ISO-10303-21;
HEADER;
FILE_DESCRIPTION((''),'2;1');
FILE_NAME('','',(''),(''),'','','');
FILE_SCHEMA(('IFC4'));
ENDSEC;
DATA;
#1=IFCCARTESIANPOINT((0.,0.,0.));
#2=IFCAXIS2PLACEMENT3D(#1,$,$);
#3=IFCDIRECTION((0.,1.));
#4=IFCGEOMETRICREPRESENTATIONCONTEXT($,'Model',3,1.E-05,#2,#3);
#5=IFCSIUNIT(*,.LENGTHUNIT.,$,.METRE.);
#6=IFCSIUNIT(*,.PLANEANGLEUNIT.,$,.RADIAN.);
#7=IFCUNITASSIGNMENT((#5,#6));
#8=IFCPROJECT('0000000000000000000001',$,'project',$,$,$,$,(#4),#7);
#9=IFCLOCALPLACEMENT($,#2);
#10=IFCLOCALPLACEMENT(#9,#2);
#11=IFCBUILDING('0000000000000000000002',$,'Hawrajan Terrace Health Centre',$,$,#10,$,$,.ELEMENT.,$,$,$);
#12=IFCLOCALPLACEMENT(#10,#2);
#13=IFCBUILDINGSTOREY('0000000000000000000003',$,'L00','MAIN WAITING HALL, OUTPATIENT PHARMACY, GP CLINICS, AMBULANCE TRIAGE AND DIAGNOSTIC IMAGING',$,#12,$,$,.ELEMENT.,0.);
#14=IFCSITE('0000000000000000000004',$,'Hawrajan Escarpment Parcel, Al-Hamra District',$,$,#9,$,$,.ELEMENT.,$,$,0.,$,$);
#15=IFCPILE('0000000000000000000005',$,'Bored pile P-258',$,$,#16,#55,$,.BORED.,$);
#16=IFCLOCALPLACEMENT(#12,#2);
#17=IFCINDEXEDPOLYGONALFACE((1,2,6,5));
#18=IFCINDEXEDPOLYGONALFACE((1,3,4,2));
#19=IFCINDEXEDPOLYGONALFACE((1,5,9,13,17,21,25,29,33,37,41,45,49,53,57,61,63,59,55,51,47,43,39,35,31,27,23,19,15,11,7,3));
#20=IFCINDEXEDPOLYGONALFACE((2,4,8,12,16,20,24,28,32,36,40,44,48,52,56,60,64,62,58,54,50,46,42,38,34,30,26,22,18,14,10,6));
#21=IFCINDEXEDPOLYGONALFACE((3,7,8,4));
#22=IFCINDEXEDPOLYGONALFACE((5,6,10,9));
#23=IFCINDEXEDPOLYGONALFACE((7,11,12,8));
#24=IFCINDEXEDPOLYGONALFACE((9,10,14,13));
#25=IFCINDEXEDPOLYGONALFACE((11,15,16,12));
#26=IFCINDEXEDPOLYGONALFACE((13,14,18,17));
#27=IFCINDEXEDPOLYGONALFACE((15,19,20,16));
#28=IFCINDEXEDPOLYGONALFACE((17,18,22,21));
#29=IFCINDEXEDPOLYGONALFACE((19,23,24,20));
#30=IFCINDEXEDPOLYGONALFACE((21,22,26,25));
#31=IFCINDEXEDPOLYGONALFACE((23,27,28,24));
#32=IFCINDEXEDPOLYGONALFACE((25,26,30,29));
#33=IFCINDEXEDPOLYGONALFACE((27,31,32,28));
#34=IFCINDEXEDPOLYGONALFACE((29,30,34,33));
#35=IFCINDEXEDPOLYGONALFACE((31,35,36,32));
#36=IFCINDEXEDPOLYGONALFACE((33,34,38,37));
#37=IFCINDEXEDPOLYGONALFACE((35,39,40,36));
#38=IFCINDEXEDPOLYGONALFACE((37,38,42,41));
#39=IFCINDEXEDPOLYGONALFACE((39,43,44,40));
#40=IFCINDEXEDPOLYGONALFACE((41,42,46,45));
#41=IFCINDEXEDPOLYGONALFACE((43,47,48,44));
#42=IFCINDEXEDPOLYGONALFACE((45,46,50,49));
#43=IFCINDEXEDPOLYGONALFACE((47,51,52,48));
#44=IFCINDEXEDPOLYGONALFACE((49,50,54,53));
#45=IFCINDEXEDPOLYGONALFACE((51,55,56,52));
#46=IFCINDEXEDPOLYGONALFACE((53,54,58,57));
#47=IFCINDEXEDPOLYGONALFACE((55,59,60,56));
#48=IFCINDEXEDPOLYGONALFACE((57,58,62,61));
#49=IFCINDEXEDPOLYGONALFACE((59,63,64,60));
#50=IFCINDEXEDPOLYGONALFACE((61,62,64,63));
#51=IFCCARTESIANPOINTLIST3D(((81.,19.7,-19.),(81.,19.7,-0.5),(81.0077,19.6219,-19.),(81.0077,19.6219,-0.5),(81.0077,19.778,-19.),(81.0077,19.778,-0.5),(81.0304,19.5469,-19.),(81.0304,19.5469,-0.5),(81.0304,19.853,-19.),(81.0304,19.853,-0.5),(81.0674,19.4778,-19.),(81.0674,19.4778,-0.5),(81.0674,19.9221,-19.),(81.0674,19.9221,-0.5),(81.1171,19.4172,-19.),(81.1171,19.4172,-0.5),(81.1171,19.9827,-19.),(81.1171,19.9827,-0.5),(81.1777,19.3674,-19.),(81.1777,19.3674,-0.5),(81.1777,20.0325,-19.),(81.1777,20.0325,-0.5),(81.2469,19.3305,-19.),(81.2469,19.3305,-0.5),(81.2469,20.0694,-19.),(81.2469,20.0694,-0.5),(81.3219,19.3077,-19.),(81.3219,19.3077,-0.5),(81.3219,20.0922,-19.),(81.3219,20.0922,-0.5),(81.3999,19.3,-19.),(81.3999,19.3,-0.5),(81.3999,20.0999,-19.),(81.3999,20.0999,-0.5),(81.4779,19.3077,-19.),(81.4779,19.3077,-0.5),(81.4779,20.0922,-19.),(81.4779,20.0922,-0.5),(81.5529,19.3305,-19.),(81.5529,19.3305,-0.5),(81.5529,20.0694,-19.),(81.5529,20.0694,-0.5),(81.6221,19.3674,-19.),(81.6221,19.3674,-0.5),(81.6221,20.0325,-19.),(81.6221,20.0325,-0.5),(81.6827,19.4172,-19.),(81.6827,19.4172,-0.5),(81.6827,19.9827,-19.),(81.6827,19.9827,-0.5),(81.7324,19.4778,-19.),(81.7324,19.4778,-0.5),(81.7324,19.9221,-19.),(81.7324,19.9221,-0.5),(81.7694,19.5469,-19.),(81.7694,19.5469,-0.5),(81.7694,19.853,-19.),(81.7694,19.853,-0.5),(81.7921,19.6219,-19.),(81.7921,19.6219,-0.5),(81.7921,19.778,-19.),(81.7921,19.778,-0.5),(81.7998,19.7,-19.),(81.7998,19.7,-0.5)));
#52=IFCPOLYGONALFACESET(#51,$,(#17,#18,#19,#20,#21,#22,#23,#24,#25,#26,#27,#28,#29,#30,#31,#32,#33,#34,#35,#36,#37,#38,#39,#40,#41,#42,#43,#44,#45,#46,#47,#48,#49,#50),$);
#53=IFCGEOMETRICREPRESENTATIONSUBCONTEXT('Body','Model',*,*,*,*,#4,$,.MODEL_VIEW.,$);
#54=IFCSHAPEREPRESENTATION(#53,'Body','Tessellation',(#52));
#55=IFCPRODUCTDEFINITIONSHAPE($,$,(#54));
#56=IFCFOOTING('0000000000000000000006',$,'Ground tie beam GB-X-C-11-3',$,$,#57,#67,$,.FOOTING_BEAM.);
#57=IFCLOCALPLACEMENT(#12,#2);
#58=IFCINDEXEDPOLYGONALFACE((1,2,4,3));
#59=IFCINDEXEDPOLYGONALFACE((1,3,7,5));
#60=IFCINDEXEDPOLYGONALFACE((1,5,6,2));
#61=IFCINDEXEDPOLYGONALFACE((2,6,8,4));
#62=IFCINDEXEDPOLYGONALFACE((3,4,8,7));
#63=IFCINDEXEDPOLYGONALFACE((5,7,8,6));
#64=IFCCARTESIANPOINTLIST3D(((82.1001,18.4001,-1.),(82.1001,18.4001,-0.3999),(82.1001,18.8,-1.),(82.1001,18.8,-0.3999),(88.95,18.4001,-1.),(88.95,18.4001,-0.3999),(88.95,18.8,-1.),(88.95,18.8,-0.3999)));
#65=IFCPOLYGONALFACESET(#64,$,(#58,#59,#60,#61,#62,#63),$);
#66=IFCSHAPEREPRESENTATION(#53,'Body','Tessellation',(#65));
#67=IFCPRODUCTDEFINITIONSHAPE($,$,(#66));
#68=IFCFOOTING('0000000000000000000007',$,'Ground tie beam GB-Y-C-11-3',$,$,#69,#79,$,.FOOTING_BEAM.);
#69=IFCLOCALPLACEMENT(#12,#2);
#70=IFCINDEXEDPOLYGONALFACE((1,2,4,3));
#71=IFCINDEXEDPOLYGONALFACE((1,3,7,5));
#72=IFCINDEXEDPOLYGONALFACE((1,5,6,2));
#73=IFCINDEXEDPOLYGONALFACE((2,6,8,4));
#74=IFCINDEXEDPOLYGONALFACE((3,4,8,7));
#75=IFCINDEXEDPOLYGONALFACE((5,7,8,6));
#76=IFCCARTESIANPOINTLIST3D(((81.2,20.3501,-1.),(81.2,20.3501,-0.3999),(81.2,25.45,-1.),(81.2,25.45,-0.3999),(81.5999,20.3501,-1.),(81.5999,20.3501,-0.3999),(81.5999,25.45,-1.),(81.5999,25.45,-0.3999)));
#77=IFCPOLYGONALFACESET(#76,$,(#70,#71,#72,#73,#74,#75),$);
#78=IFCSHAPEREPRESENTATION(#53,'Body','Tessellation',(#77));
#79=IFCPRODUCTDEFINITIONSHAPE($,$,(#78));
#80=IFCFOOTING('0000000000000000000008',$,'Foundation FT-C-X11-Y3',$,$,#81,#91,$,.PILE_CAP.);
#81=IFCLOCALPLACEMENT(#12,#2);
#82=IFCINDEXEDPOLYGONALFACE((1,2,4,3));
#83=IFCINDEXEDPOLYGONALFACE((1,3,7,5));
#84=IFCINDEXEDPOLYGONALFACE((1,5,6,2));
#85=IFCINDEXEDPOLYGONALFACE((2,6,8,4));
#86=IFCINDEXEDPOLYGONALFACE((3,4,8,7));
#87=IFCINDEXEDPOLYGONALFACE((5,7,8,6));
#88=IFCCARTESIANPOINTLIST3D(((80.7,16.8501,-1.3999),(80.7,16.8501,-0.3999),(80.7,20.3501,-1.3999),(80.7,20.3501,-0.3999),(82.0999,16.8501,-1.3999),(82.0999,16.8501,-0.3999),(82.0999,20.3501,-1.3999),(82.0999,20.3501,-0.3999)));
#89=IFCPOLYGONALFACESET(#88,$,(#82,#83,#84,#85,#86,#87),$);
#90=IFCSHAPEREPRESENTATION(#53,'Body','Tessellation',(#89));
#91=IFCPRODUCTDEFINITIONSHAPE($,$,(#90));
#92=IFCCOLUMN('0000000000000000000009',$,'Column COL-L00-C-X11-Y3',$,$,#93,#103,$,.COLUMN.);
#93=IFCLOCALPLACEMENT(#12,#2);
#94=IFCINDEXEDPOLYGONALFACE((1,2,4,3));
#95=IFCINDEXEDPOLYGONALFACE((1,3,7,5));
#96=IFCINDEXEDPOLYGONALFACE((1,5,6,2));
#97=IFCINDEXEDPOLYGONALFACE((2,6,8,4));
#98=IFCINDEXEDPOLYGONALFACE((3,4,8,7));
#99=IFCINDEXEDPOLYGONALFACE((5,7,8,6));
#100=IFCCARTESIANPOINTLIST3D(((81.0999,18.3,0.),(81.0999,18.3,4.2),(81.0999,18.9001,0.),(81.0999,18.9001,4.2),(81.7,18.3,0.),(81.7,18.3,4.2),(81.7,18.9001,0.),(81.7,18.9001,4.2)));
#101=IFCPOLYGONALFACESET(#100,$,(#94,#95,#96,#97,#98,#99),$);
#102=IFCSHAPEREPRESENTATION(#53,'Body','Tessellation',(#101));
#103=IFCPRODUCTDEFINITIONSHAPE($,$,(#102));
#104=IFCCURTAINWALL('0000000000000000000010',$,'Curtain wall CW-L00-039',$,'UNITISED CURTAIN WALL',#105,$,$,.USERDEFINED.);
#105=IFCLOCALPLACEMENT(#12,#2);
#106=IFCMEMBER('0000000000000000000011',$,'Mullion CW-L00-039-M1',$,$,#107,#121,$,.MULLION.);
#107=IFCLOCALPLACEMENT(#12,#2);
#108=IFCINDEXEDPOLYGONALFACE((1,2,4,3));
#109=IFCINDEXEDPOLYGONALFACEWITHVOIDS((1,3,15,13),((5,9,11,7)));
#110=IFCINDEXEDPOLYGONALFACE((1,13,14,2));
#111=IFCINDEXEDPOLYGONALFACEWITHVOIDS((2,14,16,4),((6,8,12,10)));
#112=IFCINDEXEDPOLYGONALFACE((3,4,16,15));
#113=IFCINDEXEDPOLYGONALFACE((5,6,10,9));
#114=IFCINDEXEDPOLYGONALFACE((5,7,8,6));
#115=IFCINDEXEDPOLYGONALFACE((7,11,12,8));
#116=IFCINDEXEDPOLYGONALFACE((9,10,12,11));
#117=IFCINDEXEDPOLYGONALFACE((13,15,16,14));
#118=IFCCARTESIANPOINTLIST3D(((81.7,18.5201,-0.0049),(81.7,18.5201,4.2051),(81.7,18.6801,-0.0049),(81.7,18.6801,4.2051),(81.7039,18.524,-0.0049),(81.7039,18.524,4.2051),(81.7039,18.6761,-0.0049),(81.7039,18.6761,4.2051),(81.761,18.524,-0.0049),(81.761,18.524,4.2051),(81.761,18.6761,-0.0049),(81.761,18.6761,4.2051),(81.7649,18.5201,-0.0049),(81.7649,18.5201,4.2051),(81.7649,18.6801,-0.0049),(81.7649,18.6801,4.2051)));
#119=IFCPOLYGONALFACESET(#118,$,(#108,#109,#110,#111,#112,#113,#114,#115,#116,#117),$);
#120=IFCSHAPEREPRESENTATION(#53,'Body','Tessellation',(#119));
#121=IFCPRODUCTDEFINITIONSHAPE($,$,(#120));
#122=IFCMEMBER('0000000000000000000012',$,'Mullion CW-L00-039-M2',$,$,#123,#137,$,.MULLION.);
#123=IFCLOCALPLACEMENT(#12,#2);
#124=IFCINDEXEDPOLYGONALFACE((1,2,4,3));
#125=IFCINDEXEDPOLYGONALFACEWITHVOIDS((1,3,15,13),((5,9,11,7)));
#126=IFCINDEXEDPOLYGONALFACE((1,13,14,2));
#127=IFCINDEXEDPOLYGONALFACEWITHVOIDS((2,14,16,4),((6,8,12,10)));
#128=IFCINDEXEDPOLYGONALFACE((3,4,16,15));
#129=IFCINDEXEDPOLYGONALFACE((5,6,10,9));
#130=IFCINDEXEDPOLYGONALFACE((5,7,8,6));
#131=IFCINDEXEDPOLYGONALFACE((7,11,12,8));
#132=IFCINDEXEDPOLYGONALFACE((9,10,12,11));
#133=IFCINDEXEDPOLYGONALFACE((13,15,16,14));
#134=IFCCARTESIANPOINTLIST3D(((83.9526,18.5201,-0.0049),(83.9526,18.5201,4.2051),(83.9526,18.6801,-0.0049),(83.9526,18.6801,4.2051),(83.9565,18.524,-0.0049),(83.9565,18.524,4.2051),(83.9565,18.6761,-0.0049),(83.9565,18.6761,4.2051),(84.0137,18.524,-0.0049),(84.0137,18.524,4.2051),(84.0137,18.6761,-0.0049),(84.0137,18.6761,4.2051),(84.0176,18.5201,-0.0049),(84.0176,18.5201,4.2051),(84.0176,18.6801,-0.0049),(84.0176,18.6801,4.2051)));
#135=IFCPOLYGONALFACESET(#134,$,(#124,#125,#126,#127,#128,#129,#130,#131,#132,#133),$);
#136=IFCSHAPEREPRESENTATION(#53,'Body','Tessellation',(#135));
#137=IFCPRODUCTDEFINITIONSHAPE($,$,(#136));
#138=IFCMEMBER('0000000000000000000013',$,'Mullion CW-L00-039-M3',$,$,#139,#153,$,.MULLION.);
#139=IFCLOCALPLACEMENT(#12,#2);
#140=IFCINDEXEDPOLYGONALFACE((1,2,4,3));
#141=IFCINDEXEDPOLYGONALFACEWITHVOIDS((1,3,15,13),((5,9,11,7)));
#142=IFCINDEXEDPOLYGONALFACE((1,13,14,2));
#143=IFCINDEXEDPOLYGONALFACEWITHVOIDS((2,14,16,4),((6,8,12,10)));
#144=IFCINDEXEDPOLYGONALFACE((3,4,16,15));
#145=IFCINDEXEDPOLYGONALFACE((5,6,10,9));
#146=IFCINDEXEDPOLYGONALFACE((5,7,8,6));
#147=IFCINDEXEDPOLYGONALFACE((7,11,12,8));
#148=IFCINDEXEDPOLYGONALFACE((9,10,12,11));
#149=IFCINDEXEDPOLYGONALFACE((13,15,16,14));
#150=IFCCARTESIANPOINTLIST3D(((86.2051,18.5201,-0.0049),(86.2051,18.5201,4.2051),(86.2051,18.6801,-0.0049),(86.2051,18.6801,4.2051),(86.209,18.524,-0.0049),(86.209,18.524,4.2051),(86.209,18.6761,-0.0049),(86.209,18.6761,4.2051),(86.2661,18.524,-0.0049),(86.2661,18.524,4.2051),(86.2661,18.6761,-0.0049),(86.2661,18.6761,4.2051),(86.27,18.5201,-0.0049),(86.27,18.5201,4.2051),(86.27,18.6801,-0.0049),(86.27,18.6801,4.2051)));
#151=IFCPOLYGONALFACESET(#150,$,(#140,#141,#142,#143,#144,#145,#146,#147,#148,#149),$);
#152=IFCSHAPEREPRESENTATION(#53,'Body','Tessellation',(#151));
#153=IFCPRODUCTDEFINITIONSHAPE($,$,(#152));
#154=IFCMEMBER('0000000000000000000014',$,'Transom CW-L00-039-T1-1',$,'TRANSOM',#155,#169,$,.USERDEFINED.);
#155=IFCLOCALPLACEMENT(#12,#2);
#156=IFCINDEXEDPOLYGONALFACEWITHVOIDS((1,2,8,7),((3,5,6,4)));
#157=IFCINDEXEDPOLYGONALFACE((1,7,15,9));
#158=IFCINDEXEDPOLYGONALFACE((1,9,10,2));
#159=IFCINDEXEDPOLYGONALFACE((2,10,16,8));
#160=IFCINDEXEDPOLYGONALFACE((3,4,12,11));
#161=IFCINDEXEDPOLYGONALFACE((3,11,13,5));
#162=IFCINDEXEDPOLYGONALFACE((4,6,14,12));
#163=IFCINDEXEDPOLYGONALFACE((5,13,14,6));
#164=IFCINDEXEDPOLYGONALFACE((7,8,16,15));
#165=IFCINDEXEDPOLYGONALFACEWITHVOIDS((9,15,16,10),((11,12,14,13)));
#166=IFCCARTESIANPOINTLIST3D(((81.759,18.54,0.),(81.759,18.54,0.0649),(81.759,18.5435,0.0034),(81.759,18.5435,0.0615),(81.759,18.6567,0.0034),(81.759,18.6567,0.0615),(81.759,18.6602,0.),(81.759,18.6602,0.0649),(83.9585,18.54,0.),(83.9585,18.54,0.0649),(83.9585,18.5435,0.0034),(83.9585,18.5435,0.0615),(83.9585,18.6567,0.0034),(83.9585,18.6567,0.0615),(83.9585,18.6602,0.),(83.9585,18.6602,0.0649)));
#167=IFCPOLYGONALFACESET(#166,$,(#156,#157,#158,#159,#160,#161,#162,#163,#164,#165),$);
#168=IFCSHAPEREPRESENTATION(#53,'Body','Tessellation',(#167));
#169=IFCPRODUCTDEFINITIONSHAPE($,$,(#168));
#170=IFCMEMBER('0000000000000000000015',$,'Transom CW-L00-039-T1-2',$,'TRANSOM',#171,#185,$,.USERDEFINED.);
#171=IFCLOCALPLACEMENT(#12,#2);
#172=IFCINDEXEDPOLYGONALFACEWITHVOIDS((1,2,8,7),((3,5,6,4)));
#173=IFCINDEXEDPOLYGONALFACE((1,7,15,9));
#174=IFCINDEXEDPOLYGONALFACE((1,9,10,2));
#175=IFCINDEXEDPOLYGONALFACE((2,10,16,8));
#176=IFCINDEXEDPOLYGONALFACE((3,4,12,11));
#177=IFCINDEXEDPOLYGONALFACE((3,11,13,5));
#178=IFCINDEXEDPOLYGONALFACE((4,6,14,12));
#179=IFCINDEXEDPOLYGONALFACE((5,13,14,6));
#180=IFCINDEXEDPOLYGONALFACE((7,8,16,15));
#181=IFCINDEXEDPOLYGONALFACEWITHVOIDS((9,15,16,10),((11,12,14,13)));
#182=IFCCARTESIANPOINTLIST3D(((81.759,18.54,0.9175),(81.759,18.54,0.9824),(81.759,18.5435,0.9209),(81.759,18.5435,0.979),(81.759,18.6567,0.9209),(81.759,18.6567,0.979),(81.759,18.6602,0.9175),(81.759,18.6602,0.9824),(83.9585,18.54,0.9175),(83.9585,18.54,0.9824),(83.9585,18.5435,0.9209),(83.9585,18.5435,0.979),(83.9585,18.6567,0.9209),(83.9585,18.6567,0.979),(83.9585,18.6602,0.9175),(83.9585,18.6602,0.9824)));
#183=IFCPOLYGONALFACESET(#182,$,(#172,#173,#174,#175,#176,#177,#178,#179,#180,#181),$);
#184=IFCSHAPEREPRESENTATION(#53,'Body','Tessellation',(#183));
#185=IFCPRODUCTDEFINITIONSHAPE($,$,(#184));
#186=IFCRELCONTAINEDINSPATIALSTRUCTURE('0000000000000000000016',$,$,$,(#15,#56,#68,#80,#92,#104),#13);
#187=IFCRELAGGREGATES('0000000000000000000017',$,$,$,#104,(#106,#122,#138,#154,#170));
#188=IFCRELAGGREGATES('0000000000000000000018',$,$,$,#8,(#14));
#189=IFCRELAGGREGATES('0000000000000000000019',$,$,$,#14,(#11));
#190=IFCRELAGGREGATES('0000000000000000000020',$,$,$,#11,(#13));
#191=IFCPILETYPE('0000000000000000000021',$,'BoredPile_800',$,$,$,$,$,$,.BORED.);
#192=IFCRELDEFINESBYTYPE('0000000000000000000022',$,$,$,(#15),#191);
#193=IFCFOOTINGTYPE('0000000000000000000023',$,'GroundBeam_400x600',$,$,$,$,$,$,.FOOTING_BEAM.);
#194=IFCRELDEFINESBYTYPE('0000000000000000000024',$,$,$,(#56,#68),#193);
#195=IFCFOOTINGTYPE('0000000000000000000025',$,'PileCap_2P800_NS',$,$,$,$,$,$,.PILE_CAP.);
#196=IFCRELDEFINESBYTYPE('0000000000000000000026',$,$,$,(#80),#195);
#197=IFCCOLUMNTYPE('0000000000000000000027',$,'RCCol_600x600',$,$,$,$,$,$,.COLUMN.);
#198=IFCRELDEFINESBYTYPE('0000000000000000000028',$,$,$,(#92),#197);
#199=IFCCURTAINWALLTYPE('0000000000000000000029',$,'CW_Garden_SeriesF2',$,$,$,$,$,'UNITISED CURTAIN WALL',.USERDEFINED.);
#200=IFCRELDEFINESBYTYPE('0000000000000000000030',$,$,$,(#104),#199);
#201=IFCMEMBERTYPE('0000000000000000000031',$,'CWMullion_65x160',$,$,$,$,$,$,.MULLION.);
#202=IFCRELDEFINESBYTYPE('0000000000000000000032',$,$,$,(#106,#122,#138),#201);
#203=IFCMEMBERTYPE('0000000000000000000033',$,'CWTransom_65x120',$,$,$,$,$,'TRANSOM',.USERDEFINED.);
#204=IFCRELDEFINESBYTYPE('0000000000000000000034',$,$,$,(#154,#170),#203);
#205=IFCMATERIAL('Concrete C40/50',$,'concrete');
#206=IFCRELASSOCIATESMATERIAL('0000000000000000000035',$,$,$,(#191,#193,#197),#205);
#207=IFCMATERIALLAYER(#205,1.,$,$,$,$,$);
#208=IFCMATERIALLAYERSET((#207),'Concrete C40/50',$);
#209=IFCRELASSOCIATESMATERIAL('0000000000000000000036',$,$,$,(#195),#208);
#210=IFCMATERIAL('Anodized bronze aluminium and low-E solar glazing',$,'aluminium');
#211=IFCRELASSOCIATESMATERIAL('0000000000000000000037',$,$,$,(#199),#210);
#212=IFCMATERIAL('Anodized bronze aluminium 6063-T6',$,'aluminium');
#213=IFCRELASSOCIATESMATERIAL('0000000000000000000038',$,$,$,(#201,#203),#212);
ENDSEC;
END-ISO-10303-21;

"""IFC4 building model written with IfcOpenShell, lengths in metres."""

from ifc_helpers import new_model, si_unit, direction, frame, origin, origin_2d, place, context, subcontext, project, spatial, rectangle, hollow_rectangle, circle, extrude, material, layer, layer_set, material_profile, profile_set, type_object, element, aggregate, save


model = new_model("IFC4")

# Units and contexts
model_context = context("Model", 3, precision=1e-05, world=origin(), true_north=direction((0.0, 1.0)))
body_context = subcontext(model_context, "Body", "Model", "MODEL_VIEW")
ifc_project = project(units=[si_unit("LENGTHUNIT", "METRE"), si_unit("PLANEANGLEUNIT", "RADIAN")], contexts=[model_context])

# Site, building, storey
site_placement = place(None, origin())
site = spatial("IfcSite", under=ifc_project, at=site_placement, Name="Hawrajan Escarpment Parcel, Al-Hamra District", CompositionType="ELEMENT", RefElevation=0.0)
building_placement = place(site_placement, origin())
building = spatial("IfcBuilding", under=site, at=building_placement, Name="Hawrajan Terrace Health Centre", CompositionType="ELEMENT")
storey_placement = place(building_placement, origin())
storey = spatial("IfcBuildingStorey", under=building, at=storey_placement, Name="L00", Description="MAIN WAITING HALL, OUTPATIENT PHARMACY, GP CLINICS, AMBULANCE TRIAGE AND DIAGNOSTIC IMAGING", CompositionType="ELEMENT", Elevation=0.0)

# Pile
ifc_material_1 = material(Name="Concrete C40/50", Category="concrete")
ifc_material_profile_1 = material_profile(ifc_material_1, circle(Radius=0.3999, at=origin_2d()), Name="BP 800")
ifc_profile_set_1 = profile_set([ifc_material_profile_1], Name="Concrete C40/50")
pile_type = type_object("IfcPileType", Name="BoredPile_800", PredefinedType="BORED", material=ifc_profile_set_1)
pile_placement = place(storey_placement, frame((81.3999, 19.7, -0.5), z_axis=(0.0, 0.0, -1.0), x_axis=(1.0, 0.0, 0.0)))
element("IfcPile", 1, at=pile_placement, inside=storey, type_object=pile_type, Name="Bored pile P-258", PredefinedType="BORED", context=body_context, shape_type="SweptSolid", body=[
    extrude(circle(Radius=0.3999, at=origin_2d()), origin(), (0.0, 0.0, 1.0), 18.5),
])

# Footings
ifc_material_profile_2 = material_profile(ifc_material_1, rectangle(XDim=0.3999, YDim=0.6001, at=origin_2d()), Name="RC BM 400x600")
ifc_profile_set_2 = profile_set([ifc_material_profile_2], Name="Concrete C40/50")
footing_type_1 = type_object("IfcFootingType", Name="GroundBeam_400x600", PredefinedType="FOOTING_BEAM", material=ifc_profile_set_2)
footing_1_placement = place(storey_placement, frame((82.1001, 18.6001, -0.7), z_axis=(1.0, 0.0, 0.0), x_axis=(0.0, 1.0, 0.0)))
element("IfcFooting", 2, at=footing_1_placement, inside=storey, type_object=footing_type_1, Name="Ground tie beam GB-X-C-11-3", PredefinedType="FOOTING_BEAM", context=body_context, shape_type="SweptSolid", body=[
    extrude(rectangle(XDim=0.3999, YDim=0.6001, at=origin_2d()), origin(), (0.0, 0.0, 1.0), 6.8499),
])
footing_2_placement = place(storey_placement, frame((81.3999, 20.3501, -0.7), z_axis=(0.0, 1.0, 0.0), x_axis=(-1.0, 0.0, 0.0)))
element("IfcFooting", 3, at=footing_2_placement, inside=storey, type_object=footing_type_1, Name="Ground tie beam GB-Y-C-11-3", PredefinedType="FOOTING_BEAM", context=body_context, shape_type="SweptSolid", body=[
    extrude(rectangle(XDim=0.3999, YDim=0.6001, at=origin_2d()), origin(), (0.0, 0.0, 1.0), 5.0999),
])
ifc_layer_1 = layer(ifc_material_1, 1.0)
ifc_layer_set_1 = layer_set([ifc_layer_1], Name="Concrete C40/50")
footing_type_2 = type_object("IfcFootingType", Name="PileCap_2P800_NS", PredefinedType="PILE_CAP", material=ifc_layer_set_1)
footing_3_placement = place(storey_placement, frame((81.3999, 18.6001, -1.3999), z_axis=(0.0, 0.0, 1.0), x_axis=(1.0, 0.0, 0.0)))
element("IfcFooting", 4, at=footing_3_placement, inside=storey, type_object=footing_type_2, Name="Foundation FT-C-X11-Y3", PredefinedType="PILE_CAP", context=body_context, shape_type="SweptSolid", body=[
    extrude(rectangle(XDim=1.3999, YDim=3.5, at=origin_2d()), origin(), (0.0, 0.0, 1.0), 1.0),
])

# Column
ifc_material_profile_3 = material_profile(ifc_material_1, rectangle(XDim=0.6001, YDim=0.6001, at=origin_2d()), Name="RC 600x600")
ifc_profile_set_3 = profile_set([ifc_material_profile_3], Name="Concrete C40/50")
column_type = type_object("IfcColumnType", Name="RCCol_600x600", PredefinedType="COLUMN", material=ifc_profile_set_3)
column_placement = place(storey_placement, frame((81.3999, 18.6001, 0.0), z_axis=(0.0, 0.0, 1.0), x_axis=(1.0, 0.0, 0.0)))
element("IfcColumn", 5, at=column_placement, inside=storey, type_object=column_type, Name="Column COL-L00-C-X11-Y3", PredefinedType="COLUMN", context=body_context, shape_type="SweptSolid", body=[
    extrude(rectangle(XDim=0.6001, YDim=0.6001, at=origin_2d()), origin(), (0.0, 0.0, 1.0), 4.2),
])

# Curtain wall, members
ifc_material_2 = material(Name="Anodized bronze aluminium and low-E solar glazing", Category="aluminium")
curtain_wall_type = type_object("IfcCurtainWallType", Name="CW_Garden_SeriesF2", ElementType="UNITISED CURTAIN WALL", PredefinedType="USERDEFINED", material=ifc_material_2)
curtain_wall_placement = place(storey_placement, origin())
curtain_wall = element("IfcCurtainWall", 6, at=curtain_wall_placement, inside=storey, type_object=curtain_wall_type, Name="Curtain wall CW-L00-039", ObjectType="UNITISED CURTAIN WALL", PredefinedType="USERDEFINED")
ifc_material_3 = material(Name="Anodized bronze aluminium 6063-T6", Category="aluminium")
ifc_material_profile_4 = material_profile(ifc_material_3, hollow_rectangle(XDim=0.0649, YDim=0.1599, WallThickness=0.0039, at=origin_2d()), Name="CW MUL 65x160")
ifc_profile_set_4 = profile_set([ifc_material_profile_4], Name="Anodized bronze aluminium 6063-T6")
member_type_1 = type_object("IfcMemberType", Name="CWMullion_65x160", PredefinedType="MULLION", material=ifc_profile_set_4)
member_1_placement = place(storey_placement, frame((81.7324, 18.6001, -0.0049), z_axis=(0.0, 0.0, 1.0), x_axis=(1.0, 0.0, 0.0)))
member_1 = element("IfcMember", 7, at=member_1_placement, type_object=member_type_1, Name="Mullion CW-L00-039-M1", PredefinedType="MULLION", context=body_context, shape_type="SweptSolid", body=[
    extrude(hollow_rectangle(XDim=0.0649, YDim=0.1599, WallThickness=0.0039, at=origin_2d()), origin(), (0.0, 0.0, 1.0), 4.21),
])
member_2_placement = place(storey_placement, frame((83.9851, 18.6001, -0.0049), z_axis=(0.0, 0.0, 1.0), x_axis=(1.0, 0.0, 0.0)))
member_2 = element("IfcMember", 8, at=member_2_placement, type_object=member_type_1, Name="Mullion CW-L00-039-M2", PredefinedType="MULLION", context=body_context, shape_type="SweptSolid", body=[
    extrude(hollow_rectangle(XDim=0.0649, YDim=0.1599, WallThickness=0.0039, at=origin_2d()), origin(), (0.0, 0.0, 1.0), 4.21),
])
member_3_placement = place(storey_placement, frame((86.2375, 18.6001, -0.0049), z_axis=(0.0, 0.0, 1.0), x_axis=(1.0, 0.0, 0.0)))
member_3 = element("IfcMember", 9, at=member_3_placement, type_object=member_type_1, Name="Mullion CW-L00-039-M3", PredefinedType="MULLION", context=body_context, shape_type="SweptSolid", body=[
    extrude(hollow_rectangle(XDim=0.0649, YDim=0.1599, WallThickness=0.0039, at=origin_2d()), origin(), (0.0, 0.0, 1.0), 4.21),
])
ifc_material_profile_5 = material_profile(ifc_material_3, hollow_rectangle(XDim=0.0649, YDim=0.1201, WallThickness=0.0034, at=origin_2d()), Name="CW TRN 65x120")
ifc_profile_set_5 = profile_set([ifc_material_profile_5], Name="Anodized bronze aluminium 6063-T6")
member_type_2 = type_object("IfcMemberType", Name="CWTransom_65x120", ElementType="TRANSOM", PredefinedType="USERDEFINED", material=ifc_profile_set_5)
member_4_placement = place(storey_placement, frame((81.759, 18.6001, 0.0325), z_axis=(1.0, 0.0, 0.0), x_axis=(0.0, 0.0, 1.0)))
member_4 = element("IfcMember", 10, at=member_4_placement, type_object=member_type_2, Name="Transom CW-L00-039-T1-1", ObjectType="TRANSOM", PredefinedType="USERDEFINED", context=body_context, shape_type="SweptSolid", body=[
    extrude(hollow_rectangle(XDim=0.0649, YDim=0.1201, WallThickness=0.0034, at=origin_2d()), origin(), (0.0, 0.0, 1.0), 2.1995),
])
member_5_placement = place(storey_placement, frame((81.759, 18.6001, 0.95), z_axis=(1.0, 0.0, 0.0), x_axis=(0.0, 0.0, 1.0)))
member_5 = element("IfcMember", 11, at=member_5_placement, type_object=member_type_2, Name="Transom CW-L00-039-T1-2", ObjectType="TRANSOM", PredefinedType="USERDEFINED", context=body_context, shape_type="SweptSolid", body=[
    extrude(hollow_rectangle(XDim=0.0649, YDim=0.1201, WallThickness=0.0034, at=origin_2d()), origin(), (0.0, 0.0, 1.0), 2.1995),
])
aggregate(curtain_wall, [member_1, member_2, member_3, member_4, member_5])

save(model, "model.ifc")
